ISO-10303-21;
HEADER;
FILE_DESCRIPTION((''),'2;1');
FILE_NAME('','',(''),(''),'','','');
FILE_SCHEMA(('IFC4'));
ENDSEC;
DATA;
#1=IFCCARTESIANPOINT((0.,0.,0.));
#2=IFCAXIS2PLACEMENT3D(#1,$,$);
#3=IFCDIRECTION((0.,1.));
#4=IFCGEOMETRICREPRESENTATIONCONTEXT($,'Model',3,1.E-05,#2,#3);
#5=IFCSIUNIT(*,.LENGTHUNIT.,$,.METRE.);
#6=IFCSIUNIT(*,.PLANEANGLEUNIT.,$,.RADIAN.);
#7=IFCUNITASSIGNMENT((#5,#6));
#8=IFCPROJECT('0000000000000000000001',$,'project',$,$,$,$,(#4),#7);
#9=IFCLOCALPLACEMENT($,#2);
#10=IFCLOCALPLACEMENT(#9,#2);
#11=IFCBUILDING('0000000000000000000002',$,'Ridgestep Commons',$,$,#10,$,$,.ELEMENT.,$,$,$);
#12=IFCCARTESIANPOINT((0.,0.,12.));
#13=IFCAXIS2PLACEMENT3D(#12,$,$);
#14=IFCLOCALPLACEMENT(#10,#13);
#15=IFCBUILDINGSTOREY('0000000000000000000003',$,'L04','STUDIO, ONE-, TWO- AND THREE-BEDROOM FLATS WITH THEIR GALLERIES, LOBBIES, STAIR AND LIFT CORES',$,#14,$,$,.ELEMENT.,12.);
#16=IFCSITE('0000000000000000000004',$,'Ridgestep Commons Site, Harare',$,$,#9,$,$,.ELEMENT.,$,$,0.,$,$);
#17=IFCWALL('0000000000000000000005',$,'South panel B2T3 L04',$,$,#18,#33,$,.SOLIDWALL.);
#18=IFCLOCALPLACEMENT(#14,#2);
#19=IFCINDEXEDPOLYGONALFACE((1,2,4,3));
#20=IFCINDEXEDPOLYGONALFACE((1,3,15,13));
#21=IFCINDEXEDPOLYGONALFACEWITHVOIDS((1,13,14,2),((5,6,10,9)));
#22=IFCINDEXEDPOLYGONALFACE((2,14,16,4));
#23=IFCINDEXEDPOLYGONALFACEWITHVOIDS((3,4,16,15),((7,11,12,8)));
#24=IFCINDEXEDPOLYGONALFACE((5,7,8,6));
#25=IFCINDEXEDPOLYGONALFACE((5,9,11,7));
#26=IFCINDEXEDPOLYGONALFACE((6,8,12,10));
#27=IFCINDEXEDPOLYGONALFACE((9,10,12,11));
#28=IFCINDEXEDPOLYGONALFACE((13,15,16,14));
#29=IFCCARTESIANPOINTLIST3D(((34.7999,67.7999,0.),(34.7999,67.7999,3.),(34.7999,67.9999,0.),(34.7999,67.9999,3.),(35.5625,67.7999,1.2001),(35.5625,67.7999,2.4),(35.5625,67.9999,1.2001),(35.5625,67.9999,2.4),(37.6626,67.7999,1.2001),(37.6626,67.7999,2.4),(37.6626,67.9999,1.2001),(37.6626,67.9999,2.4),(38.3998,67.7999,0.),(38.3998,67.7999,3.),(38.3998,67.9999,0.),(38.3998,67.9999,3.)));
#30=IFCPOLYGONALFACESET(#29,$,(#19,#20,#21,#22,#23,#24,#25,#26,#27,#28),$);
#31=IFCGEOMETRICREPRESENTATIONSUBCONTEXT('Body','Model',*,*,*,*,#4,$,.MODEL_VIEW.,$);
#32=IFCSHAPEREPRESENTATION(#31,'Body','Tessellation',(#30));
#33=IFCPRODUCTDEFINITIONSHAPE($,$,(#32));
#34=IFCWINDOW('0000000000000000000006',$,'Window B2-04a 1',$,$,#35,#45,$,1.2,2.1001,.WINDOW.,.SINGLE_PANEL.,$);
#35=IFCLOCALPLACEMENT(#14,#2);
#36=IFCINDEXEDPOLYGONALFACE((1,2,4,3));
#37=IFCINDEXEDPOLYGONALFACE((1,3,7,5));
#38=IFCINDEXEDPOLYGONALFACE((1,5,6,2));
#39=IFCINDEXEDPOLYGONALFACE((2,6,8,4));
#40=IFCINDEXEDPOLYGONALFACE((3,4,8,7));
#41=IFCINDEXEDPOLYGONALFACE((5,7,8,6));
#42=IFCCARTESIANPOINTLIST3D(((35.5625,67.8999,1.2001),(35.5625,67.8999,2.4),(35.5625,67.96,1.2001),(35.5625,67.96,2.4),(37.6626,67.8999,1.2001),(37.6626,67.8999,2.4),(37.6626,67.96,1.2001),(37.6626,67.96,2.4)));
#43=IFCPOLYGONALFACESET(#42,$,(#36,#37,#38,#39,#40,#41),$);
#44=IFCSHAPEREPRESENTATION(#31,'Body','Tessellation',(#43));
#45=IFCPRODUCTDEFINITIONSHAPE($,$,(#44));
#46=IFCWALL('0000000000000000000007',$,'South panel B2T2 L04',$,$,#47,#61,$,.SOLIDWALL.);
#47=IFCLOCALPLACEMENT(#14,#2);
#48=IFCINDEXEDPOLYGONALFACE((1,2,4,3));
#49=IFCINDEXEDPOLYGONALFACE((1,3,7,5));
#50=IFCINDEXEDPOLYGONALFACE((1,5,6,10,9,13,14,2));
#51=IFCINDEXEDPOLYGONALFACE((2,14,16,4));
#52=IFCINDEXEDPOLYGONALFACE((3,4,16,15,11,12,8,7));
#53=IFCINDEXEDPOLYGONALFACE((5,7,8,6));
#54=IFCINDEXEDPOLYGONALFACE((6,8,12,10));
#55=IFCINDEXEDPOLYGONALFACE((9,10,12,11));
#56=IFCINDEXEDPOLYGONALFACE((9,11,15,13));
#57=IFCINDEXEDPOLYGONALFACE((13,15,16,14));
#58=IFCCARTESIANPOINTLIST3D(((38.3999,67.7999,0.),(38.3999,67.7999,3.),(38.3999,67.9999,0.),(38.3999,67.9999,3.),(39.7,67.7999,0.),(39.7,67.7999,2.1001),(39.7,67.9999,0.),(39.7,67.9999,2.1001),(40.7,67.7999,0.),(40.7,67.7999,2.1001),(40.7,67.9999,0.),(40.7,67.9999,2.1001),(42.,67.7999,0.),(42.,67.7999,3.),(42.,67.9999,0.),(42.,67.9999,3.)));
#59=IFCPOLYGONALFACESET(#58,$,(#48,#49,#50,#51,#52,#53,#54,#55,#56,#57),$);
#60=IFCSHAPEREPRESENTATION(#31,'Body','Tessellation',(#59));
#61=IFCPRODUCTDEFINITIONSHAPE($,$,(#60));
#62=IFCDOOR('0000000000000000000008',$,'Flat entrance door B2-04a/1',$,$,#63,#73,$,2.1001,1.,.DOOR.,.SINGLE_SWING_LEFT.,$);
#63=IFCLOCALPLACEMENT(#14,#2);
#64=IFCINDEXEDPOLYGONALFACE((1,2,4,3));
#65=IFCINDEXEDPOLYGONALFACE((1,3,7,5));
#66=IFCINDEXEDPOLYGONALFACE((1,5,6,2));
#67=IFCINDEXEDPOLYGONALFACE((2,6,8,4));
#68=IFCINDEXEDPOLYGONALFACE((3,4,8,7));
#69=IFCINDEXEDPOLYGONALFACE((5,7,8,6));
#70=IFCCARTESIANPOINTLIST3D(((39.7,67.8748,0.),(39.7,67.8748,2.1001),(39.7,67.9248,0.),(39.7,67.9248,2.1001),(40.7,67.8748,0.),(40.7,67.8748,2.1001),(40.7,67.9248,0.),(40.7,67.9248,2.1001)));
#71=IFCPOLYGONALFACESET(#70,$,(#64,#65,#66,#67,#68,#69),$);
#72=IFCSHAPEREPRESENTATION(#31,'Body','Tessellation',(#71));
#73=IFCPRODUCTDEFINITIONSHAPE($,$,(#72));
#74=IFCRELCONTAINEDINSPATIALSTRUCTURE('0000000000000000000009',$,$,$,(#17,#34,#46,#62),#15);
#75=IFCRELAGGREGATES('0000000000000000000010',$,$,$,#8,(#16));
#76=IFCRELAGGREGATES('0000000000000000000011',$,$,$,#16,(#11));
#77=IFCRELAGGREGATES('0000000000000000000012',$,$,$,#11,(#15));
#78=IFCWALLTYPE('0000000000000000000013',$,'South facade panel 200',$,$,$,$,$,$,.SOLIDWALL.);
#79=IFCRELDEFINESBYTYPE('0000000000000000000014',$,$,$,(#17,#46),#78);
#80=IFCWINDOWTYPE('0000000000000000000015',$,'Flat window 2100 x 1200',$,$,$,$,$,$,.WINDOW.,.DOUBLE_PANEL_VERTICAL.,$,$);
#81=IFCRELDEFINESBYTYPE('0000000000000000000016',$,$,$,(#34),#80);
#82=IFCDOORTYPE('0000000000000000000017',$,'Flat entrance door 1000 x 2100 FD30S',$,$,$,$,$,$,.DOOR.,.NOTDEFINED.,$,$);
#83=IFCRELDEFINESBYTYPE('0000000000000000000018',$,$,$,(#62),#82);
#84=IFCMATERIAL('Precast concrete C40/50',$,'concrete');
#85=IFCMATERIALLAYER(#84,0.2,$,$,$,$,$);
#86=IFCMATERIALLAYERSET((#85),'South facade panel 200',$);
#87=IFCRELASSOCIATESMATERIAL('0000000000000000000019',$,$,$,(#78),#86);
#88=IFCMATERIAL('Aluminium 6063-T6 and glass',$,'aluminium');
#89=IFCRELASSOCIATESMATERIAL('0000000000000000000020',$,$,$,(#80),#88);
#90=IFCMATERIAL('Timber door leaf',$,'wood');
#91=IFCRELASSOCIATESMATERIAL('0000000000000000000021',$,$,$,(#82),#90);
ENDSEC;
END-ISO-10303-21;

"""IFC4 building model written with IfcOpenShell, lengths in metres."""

from ifc_helpers import new_model, si_unit, direction, frame, frame_2d, origin, place, context, subcontext, project, spatial, rectangle, extrude, material, layer, layer_set, type_object, element, fill, save


model = new_model("IFC4")

# Units and contexts
model_context = context("Model", 3, precision=1e-05, world=origin(), true_north=direction((0.0, 1.0)))
body_context = subcontext(model_context, "Body", "Model", "MODEL_VIEW")
ifc_project = project(units=[si_unit("LENGTHUNIT", "METRE"), si_unit("PLANEANGLEUNIT", "RADIAN")], contexts=[model_context])

# Site, building, storey
site_placement = place(None, origin())
site = spatial("IfcSite", under=ifc_project, at=site_placement, Name="Ridgestep Commons Site, Harare", CompositionType="ELEMENT", RefElevation=0.0)
building_placement = place(site_placement, origin())
building = spatial("IfcBuilding", under=site, at=building_placement, Name="Ridgestep Commons", CompositionType="ELEMENT")
storey_placement = place(building_placement, frame((0.0, 0.0, 12.0)))
storey = spatial("IfcBuildingStorey", under=building, at=storey_placement, Name="L04", Description="STUDIO, ONE-, TWO- AND THREE-BEDROOM FLATS WITH THEIR GALLERIES, LOBBIES, STAIR AND LIFT CORES", CompositionType="ELEMENT", Elevation=12.0)

# Wall, opening, window
ifc_material_1 = material(Name="Precast concrete C40/50", Category="concrete")
ifc_layer_1 = layer(ifc_material_1, 0.2)
ifc_layer_set_1 = layer_set([ifc_layer_1], Name="South facade panel 200")
wall_type_1 = type_object("IfcWallType", Name="South facade panel 200", PredefinedType="SOLIDWALL", material=ifc_layer_set_1)
wall_1_placement = place(storey_placement, frame((34.8, 67.8999, 0.0), z_axis=(0.0, 0.0, 1.0), x_axis=(1.0, 0.0, 0.0)))
wall_1 = element("IfcWall", 1, at=wall_1_placement, inside=storey, type_object=wall_type_1, Name="South panel B2T3 L04", PredefinedType="SOLIDWALL", context=body_context, shape_type="SweptSolid", body=[
    extrude(rectangle(XDim=3.5999, YDim=0.2, at=frame_2d((1.7998, 0.0))), origin(), (0.0, 0.0, 1.0), 3.0),
])
opening_1_placement = place(wall_1_placement, frame((0.7625, 0.0, 1.2)))
opening_1 = element("IfcOpeningElement", 2, at=opening_1_placement, cuts=wall_1, PredefinedType="OPENING", context=body_context, shape_type="SweptSolid", body=[
    extrude(rectangle(XDim=2.1001, YDim=1.2, at=frame_2d((1.05, 0.6001))), frame((0.0, 0.1099, 0.0), z_axis=(0.0, -1.0, 0.0), x_axis=(1.0, 0.0, 0.0)), (0.0, 0.0, 1.0), 0.22),
])
ifc_material_2 = material(Name="Aluminium 6063-T6 and glass", Category="aluminium")
window_type = type_object("IfcWindowType", Name="Flat window 2100 x 1200", PartitioningType="DOUBLE_PANEL_VERTICAL", PredefinedType="WINDOW", material=ifc_material_2)
window_placement = place(opening_1_placement, origin())
window = element("IfcWindow", 3, at=window_placement, inside=storey, type_object=window_type, Name="Window B2-04a 1", OverallHeight=1.2, OverallWidth=2.1001, PartitioningType="SINGLE_PANEL", PredefinedType="WINDOW", context=body_context, shape_type="SweptSolid", body=[
    extrude(rectangle(XDim=2.1001, YDim=1.2, at=frame_2d((1.05, 0.6001))), frame((0.0, 0.0601, 0.0), z_axis=(0.0, -1.0, 0.0), x_axis=(1.0, 0.0, 0.0)), (0.0, 0.0, 1.0), 0.0601),
])
fill(opening_1, window)

# Wall, opening, door
wall_2_placement = place(storey_placement, frame((38.3999, 67.8999, 0.0), z_axis=(0.0, 0.0, 1.0), x_axis=(1.0, 0.0, 0.0)))
wall_2 = element("IfcWall", 4, at=wall_2_placement, inside=storey, type_object=wall_type_1, Name="South panel B2T2 L04", PredefinedType="SOLIDWALL", context=body_context, shape_type="SweptSolid", body=[
    extrude(rectangle(XDim=3.6001, YDim=0.2, at=frame_2d((1.8, 0.0))), origin(), (0.0, 0.0, 1.0), 3.0),
])
opening_2_placement = place(wall_2_placement, frame((1.3, 0.0, 0.0)))
opening_2 = element("IfcOpeningElement", 5, at=opening_2_placement, cuts=wall_2, PredefinedType="OPENING", context=body_context, shape_type="SweptSolid", body=[
    extrude(rectangle(XDim=1.0, YDim=2.1001, at=frame_2d((0.5, 1.05))), frame((0.0, 0.1099, 0.0), z_axis=(0.0, -1.0, 0.0), x_axis=(1.0, 0.0, 0.0)), (0.0, 0.0, 1.0), 0.22),
])
ifc_material_3 = material(Name="Timber door leaf", Category="wood")
door_type_1 = type_object("IfcDoorType", Name="Flat entrance door 1000 x 2100 FD30S", OperationType="NOTDEFINED", PredefinedType="DOOR", material=ifc_material_3)
door_1_placement = place(opening_2_placement, origin())
door_1 = element("IfcDoor", 6, at=door_1_placement, inside=storey, type_object=door_type_1, Name="Flat entrance door B2-04a/1", OperationType="SINGLE_SWING_LEFT", OverallHeight=2.1001, OverallWidth=1.0, PredefinedType="DOOR", context=body_context, shape_type="SweptSolid", body=[
    extrude(rectangle(XDim=1.0, YDim=2.1001, at=frame_2d((0.5, 1.05))), frame((0.0, 0.0249, 0.0), z_axis=(0.0, -1.0, 0.0), x_axis=(1.0, 0.0, 0.0)), (0.0, 0.0, 1.0), 0.05),
])
fill(opening_2, door_1)

save(model, "model.ifc")
